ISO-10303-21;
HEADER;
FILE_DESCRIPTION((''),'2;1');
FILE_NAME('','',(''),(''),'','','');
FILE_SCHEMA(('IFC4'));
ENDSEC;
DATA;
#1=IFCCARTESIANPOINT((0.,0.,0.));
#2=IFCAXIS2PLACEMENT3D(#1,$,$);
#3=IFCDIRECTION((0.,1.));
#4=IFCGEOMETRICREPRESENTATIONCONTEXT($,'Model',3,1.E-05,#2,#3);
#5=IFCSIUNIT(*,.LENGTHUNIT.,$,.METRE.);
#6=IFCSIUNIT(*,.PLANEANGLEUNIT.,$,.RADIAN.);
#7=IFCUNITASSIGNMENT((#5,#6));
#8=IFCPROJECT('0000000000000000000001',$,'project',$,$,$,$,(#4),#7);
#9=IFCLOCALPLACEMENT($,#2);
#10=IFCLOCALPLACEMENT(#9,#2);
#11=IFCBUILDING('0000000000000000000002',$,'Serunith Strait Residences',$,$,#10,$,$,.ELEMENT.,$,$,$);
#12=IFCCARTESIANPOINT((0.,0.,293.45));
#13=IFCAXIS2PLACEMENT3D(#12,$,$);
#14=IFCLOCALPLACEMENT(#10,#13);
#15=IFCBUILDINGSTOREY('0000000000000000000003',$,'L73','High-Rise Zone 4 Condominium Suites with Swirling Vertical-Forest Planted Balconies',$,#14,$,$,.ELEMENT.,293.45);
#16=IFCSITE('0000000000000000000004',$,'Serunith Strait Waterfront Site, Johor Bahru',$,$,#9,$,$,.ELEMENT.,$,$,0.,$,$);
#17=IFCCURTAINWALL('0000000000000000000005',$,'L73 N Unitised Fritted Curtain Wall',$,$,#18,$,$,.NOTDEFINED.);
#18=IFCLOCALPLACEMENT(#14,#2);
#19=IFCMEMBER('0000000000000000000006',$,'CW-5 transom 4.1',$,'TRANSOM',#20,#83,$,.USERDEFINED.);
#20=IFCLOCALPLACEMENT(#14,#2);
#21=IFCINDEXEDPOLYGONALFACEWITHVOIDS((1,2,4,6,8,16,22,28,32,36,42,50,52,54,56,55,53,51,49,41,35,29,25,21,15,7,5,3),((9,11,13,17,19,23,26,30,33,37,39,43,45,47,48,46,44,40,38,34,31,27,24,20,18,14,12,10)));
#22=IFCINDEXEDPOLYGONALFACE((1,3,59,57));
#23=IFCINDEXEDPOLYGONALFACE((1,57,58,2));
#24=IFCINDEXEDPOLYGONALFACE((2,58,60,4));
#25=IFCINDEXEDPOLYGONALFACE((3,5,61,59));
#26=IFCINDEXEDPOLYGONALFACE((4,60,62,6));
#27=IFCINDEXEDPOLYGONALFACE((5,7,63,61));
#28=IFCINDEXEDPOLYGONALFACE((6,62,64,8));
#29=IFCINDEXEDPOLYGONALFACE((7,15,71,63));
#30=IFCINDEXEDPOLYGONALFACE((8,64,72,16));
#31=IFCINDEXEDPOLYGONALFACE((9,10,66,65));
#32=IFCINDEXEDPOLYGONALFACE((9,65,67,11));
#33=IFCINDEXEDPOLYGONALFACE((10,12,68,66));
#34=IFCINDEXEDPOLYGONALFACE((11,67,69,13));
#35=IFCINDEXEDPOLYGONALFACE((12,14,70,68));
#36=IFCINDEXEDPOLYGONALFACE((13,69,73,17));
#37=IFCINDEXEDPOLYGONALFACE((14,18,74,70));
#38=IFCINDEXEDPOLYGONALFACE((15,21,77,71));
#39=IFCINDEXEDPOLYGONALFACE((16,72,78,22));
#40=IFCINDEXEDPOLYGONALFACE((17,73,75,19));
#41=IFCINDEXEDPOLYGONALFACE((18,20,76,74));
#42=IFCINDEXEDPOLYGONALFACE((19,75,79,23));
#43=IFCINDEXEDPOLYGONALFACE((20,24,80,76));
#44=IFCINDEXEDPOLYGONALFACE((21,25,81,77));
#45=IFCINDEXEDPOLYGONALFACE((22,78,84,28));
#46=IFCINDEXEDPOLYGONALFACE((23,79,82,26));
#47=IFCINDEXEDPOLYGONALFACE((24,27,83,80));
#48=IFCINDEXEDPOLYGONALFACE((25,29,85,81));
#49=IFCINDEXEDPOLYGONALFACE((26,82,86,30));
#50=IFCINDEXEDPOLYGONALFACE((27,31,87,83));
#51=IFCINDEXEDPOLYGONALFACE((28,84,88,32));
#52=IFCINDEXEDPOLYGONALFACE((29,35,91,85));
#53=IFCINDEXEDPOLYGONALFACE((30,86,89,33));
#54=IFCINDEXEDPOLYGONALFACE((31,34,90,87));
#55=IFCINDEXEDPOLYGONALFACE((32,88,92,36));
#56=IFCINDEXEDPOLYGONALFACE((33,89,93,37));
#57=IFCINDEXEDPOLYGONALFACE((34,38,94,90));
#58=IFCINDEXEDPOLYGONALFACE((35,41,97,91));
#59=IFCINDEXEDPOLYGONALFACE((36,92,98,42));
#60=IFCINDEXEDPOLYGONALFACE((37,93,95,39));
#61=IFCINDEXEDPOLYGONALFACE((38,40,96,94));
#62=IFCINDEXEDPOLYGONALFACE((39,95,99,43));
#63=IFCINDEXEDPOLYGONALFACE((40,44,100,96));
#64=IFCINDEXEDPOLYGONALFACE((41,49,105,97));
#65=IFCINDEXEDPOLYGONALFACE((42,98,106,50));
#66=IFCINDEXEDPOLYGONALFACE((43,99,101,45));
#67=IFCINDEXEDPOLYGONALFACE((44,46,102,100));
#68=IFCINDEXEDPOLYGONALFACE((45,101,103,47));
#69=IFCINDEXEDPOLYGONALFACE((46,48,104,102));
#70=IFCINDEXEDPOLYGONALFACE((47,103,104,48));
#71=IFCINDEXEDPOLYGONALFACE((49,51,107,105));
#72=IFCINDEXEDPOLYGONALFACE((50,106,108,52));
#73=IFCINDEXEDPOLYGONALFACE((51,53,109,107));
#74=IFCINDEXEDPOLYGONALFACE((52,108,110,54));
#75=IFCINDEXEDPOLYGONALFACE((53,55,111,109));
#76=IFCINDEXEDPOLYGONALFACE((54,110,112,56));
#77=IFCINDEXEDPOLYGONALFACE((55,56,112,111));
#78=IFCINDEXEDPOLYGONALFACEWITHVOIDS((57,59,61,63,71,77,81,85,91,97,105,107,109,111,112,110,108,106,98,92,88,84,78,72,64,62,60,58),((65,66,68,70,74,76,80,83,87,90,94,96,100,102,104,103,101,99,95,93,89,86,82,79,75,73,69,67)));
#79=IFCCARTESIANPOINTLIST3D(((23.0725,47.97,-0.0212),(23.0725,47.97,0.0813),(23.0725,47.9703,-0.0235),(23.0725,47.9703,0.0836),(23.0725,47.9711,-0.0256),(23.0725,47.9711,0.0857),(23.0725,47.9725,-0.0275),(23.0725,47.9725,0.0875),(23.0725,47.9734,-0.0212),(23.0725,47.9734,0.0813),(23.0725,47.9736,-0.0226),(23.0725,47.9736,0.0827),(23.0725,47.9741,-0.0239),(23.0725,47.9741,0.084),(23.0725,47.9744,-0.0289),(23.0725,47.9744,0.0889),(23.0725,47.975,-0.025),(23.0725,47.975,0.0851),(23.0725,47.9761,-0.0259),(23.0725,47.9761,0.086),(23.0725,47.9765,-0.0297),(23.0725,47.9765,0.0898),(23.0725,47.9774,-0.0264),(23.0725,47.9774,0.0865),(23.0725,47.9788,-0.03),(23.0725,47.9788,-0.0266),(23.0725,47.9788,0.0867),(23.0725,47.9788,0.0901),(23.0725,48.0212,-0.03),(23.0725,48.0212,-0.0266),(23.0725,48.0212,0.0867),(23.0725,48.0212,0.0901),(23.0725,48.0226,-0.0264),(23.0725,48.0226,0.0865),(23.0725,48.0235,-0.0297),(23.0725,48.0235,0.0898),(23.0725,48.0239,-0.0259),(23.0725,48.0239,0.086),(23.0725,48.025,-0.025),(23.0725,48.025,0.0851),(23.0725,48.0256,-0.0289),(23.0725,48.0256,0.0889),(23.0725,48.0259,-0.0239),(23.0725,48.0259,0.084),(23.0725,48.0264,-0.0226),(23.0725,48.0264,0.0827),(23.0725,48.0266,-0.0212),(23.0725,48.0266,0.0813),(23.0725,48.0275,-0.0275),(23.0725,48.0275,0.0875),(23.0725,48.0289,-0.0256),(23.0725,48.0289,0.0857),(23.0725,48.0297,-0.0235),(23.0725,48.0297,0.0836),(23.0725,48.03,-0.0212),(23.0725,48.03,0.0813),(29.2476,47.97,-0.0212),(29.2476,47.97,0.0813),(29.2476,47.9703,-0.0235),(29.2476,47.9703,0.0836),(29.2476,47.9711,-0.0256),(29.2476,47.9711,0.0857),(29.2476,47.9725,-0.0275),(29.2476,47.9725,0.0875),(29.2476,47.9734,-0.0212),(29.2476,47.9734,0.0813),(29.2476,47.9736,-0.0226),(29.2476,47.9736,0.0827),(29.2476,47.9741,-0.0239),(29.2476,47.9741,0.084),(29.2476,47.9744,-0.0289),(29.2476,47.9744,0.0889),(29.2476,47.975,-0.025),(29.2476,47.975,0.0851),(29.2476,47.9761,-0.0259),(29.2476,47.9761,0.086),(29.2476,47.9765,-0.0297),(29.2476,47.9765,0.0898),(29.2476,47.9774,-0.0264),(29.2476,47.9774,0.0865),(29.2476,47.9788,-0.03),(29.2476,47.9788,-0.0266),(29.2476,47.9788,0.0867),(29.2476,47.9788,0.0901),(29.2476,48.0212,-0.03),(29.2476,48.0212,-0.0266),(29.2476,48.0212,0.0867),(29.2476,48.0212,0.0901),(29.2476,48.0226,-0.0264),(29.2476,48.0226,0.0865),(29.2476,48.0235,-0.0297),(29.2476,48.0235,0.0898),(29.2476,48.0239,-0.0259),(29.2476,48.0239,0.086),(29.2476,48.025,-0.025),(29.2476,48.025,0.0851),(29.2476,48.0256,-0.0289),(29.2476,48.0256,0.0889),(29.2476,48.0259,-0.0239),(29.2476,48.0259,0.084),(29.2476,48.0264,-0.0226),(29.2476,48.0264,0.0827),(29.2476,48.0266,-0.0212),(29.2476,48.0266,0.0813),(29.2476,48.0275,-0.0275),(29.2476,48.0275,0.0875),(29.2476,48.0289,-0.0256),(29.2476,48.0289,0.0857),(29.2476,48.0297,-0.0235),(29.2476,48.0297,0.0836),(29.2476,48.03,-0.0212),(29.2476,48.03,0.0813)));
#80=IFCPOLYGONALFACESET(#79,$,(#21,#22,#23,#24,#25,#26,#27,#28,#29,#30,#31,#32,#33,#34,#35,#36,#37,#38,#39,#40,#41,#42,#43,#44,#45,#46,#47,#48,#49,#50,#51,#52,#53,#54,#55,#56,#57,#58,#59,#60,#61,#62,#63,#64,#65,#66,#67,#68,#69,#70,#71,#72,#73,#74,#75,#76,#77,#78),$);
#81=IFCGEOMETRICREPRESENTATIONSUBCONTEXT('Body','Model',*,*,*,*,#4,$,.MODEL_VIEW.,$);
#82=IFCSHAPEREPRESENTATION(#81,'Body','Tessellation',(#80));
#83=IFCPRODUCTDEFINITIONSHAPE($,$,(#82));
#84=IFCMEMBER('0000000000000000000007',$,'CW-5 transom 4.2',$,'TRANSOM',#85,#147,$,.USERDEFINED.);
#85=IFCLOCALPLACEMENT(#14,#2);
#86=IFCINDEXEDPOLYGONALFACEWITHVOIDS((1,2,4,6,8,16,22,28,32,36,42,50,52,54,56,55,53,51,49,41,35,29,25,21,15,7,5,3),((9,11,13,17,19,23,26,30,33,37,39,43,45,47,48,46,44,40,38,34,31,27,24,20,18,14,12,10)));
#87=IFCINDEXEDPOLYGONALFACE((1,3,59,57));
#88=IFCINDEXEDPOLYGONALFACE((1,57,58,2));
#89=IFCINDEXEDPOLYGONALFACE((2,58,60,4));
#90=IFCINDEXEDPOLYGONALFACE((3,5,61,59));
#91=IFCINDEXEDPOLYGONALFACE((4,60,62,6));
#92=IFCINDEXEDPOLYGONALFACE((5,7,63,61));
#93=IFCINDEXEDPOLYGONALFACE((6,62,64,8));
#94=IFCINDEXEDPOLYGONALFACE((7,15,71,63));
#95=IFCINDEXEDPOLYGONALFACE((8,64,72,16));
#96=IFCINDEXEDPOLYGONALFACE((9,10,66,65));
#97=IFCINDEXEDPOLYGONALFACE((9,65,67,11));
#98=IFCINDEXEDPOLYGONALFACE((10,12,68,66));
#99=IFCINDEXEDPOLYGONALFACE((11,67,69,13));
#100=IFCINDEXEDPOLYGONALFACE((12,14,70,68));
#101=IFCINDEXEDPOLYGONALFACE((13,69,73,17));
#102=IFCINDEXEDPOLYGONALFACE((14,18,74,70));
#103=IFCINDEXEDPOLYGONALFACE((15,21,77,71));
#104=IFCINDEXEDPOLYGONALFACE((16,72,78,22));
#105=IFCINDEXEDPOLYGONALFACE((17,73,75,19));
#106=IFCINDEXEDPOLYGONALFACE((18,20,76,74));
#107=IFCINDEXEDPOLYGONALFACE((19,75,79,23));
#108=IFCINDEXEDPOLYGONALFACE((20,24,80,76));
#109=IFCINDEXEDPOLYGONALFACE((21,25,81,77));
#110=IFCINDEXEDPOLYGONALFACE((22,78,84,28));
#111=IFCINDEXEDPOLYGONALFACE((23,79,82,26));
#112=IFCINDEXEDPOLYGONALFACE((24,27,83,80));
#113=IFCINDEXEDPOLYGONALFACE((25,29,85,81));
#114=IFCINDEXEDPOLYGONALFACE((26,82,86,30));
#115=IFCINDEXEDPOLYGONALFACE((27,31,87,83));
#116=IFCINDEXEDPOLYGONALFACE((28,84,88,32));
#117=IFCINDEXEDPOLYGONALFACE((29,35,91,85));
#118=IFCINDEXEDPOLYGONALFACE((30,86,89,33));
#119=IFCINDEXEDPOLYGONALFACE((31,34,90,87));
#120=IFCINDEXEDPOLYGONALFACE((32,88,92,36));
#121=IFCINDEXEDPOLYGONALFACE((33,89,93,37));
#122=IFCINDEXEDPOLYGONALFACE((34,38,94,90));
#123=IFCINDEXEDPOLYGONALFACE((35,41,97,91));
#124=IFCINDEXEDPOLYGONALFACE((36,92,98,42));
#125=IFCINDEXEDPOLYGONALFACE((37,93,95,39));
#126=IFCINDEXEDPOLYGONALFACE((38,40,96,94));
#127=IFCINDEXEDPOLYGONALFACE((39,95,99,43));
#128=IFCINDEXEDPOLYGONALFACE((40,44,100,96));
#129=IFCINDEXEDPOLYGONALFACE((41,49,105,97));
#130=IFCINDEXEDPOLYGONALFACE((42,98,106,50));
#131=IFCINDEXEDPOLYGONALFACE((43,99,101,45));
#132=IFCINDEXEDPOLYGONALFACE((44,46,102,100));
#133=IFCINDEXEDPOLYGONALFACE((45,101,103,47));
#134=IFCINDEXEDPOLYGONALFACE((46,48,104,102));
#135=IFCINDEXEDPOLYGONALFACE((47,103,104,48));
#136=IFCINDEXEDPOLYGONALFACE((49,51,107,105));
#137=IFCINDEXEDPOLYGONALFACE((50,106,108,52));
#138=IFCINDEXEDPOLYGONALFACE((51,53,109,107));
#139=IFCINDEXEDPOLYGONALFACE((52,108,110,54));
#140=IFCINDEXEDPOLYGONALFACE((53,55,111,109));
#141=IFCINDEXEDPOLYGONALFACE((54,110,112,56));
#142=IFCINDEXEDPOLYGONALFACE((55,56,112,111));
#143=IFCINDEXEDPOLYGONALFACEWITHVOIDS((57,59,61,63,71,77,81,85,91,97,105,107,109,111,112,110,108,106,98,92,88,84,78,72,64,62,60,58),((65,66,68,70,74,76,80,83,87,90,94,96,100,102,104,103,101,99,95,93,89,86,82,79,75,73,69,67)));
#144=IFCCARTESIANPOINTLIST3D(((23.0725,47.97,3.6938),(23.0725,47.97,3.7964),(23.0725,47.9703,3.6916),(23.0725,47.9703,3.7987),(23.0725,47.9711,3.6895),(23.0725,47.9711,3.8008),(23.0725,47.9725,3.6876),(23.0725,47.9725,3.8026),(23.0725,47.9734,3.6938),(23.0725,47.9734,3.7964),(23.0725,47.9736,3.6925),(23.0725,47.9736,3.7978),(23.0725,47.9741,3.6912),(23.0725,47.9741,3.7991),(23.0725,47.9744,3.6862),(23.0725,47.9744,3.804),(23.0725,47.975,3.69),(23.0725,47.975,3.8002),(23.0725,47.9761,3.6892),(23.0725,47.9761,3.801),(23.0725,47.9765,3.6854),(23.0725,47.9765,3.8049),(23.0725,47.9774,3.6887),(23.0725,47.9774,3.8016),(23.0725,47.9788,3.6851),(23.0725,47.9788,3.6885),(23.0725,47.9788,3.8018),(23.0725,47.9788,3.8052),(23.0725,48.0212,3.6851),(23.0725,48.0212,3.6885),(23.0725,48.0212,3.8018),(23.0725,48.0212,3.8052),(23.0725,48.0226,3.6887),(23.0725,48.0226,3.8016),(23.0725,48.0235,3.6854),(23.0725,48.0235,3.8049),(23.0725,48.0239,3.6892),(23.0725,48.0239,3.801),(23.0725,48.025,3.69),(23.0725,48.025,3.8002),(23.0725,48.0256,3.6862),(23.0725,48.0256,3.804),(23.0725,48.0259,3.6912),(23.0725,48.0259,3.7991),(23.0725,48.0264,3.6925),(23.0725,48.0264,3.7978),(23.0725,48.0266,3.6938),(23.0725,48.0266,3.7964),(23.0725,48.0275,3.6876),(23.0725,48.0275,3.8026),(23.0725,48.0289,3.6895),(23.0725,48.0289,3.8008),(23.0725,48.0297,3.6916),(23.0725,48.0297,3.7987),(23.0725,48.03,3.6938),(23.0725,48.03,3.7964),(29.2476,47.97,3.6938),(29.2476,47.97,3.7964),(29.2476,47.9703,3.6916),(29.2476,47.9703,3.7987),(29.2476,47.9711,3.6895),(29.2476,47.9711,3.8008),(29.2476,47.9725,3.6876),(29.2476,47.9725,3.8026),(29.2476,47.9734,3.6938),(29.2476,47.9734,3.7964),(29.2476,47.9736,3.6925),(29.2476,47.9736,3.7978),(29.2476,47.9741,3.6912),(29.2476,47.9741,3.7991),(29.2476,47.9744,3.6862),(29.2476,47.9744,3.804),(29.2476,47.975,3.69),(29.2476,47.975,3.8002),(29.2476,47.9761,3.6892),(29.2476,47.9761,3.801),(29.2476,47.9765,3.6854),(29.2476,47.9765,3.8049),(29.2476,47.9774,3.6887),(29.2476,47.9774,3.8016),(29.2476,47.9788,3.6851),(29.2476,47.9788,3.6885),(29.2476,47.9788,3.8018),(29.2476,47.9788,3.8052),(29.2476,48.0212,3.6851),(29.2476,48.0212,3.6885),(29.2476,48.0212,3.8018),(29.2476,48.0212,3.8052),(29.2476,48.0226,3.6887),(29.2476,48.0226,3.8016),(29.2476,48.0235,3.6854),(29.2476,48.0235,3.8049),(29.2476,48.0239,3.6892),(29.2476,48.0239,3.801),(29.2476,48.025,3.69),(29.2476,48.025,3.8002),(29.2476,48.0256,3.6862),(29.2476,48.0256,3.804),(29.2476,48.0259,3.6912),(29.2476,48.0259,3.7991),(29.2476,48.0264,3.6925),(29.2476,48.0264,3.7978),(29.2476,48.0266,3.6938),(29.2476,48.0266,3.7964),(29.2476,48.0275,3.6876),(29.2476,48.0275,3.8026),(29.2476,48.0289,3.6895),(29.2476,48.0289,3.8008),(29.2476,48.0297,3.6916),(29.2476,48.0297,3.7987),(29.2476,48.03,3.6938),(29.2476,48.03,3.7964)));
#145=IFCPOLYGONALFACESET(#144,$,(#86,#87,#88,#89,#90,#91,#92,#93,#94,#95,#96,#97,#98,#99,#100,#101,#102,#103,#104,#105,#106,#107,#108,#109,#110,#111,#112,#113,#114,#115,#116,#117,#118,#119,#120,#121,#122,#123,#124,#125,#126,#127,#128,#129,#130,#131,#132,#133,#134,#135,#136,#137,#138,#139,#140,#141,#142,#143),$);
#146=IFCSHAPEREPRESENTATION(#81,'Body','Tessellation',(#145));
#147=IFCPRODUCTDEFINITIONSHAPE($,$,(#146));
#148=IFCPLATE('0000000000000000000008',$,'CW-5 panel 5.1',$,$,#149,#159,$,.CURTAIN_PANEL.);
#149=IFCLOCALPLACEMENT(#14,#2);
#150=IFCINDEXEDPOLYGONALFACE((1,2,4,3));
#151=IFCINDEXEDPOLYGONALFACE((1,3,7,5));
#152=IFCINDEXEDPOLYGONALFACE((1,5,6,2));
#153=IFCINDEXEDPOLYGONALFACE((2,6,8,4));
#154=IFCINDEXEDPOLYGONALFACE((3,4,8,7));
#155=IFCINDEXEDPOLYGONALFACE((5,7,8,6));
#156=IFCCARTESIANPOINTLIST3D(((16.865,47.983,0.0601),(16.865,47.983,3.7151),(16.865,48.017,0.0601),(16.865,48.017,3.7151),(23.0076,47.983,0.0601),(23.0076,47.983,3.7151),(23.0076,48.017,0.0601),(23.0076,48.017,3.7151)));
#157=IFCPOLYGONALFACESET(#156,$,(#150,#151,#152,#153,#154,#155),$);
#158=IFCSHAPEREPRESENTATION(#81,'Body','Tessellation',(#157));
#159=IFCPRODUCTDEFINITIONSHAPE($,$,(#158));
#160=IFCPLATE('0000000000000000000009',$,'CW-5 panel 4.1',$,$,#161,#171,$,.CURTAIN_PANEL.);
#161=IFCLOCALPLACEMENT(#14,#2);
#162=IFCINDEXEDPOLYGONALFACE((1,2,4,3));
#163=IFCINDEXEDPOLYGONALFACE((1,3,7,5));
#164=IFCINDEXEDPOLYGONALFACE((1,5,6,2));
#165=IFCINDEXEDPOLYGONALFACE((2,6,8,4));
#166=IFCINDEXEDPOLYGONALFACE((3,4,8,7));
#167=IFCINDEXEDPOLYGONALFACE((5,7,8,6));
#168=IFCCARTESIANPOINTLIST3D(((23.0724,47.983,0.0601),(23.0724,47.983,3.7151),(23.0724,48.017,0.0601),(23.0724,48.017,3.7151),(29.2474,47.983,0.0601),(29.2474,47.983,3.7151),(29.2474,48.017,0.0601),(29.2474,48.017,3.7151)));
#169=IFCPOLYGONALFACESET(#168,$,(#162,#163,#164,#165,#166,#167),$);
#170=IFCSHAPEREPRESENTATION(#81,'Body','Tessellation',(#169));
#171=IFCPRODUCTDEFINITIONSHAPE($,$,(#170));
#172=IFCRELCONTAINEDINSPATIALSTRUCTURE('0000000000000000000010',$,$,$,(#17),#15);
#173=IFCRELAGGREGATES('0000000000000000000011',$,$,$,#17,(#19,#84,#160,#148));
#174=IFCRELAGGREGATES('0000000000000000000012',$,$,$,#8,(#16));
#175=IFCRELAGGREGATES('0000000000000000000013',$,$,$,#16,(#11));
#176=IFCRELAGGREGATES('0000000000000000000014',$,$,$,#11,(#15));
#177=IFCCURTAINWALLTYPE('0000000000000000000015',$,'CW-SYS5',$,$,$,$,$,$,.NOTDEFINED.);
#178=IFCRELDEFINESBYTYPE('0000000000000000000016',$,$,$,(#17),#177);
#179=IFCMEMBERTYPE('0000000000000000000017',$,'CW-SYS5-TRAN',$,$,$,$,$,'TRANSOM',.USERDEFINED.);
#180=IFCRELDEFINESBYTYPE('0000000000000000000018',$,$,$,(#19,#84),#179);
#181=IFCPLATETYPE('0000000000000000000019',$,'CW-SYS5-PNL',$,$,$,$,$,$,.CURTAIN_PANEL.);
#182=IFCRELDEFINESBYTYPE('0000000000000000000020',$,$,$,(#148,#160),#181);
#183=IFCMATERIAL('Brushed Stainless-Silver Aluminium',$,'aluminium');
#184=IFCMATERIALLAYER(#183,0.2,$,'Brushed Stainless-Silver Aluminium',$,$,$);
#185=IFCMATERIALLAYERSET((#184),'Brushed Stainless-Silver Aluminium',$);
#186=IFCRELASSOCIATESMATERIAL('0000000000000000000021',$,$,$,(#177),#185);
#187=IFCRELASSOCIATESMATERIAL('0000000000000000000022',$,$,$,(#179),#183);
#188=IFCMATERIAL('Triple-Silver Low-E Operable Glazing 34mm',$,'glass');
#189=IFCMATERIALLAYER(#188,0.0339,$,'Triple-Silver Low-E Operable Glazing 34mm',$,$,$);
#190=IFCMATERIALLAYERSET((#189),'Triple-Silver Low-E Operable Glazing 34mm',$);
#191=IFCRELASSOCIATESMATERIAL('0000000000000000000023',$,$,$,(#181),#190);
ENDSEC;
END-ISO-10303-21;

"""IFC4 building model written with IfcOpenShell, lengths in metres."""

from ifc_helpers import new_model, si_unit, direction, frame, origin, origin_2d, place, context, subcontext, project, spatial, rectangle, hollow_rectangle, extrude, source, transform, mapped, material, layer, layer_set, material_profile, profile_set, type_object, element, aggregate, save


model = new_model("IFC4")

# Units and contexts
model_context = context("Model", 3, precision=1e-05, world=origin(), true_north=direction((0.0, 1.0)))
body_context = subcontext(model_context, "Body", "Model", "MODEL_VIEW")
ifc_project = project(units=[si_unit("LENGTHUNIT", "METRE"), si_unit("PLANEANGLEUNIT", "RADIAN")], contexts=[model_context])

# Site, building, storey
site_placement = place(None, origin())
site = spatial("IfcSite", under=ifc_project, at=site_placement, Name="Serunith Strait Waterfront Site, Johor Bahru", CompositionType="ELEMENT", RefElevation=0.0)
building_placement = place(site_placement, origin())
building = spatial("IfcBuilding", under=site, at=building_placement, Name="Serunith Strait Residences", CompositionType="ELEMENT")
storey_placement = place(building_placement, frame((0.0, 0.0, 293.45)))
storey = spatial("IfcBuildingStorey", under=building, at=storey_placement, Name="L73", Description="High-Rise Zone 4 Condominium Suites with Swirling Vertical-Forest Planted Balconies", CompositionType="ELEMENT", Elevation=293.45)

# Curtain wall, members, plates
ifc_material_1 = material(Name="Brushed Stainless-Silver Aluminium", Category="aluminium")
ifc_layer_1 = layer(ifc_material_1, 0.2, Name="Brushed Stainless-Silver Aluminium")
ifc_layer_set_1 = layer_set([ifc_layer_1], Name="Brushed Stainless-Silver Aluminium")
curtain_wall_type = type_object("IfcCurtainWallType", Name="CW-SYS5", PredefinedType="NOTDEFINED", material=ifc_layer_set_1)
curtain_wall_placement = place(storey_placement, origin())
curtain_wall = element("IfcCurtainWall", 1, at=curtain_wall_placement, inside=storey, type_object=curtain_wall_type, Name="L73 N Unitised Fritted Curtain Wall", PredefinedType="NOTDEFINED")
ifc_material_profile_1 = material_profile(ifc_material_1, hollow_rectangle(XDim=0.0601, YDim=0.1201, WallThickness=0.0034, InnerFilletRadius=0.0054, OuterFilletRadius=0.0088, at=origin_2d()), Name="ALU 120x60x3.5")
ifc_profile_set_1 = profile_set([ifc_material_profile_1], Name="Brushed Stainless-Silver Aluminium")
member_type_1 = type_object("IfcMemberType", Name="CW-SYS5-TRAN", ElementType="TRANSOM", PredefinedType="USERDEFINED", material=ifc_profile_set_1)
shared_shape_1 = source(origin(), body_context, "Body", "SweptSolid", [
    extrude(hollow_rectangle(XDim=0.0601, YDim=0.1201, WallThickness=0.0034, InnerFilletRadius=0.0054, OuterFilletRadius=0.0088, at=origin_2d()), origin(), (0.0, 0.0, 1.0), 6.175),
])
member_1_placement = place(storey_placement, frame((29.2476, 48.0, 0.03), z_axis=(-1.0, 0.0, 0.0), x_axis=(0.0, -1.0, 0.0)))
member_1 = element("IfcMember", 2, at=member_1_placement, type_object=member_type_1, Name="CW-5 transom 4.1", ObjectType="TRANSOM", PredefinedType="USERDEFINED", context=body_context, shape_type="MappedRepresentation", body=[
    mapped(shared_shape_1, transform((0.0, 0.0, 0.0), scale=1.0)),
])
member_2_placement = place(storey_placement, frame((29.2476, 48.0, 3.7451), z_axis=(-1.0, 0.0, 0.0), x_axis=(0.0, -1.0, 0.0)))
member_2 = element("IfcMember", 3, at=member_2_placement, type_object=member_type_1, Name="CW-5 transom 4.2", ObjectType="TRANSOM", PredefinedType="USERDEFINED", context=body_context, shape_type="MappedRepresentation", body=[
    mapped(shared_shape_1, transform((0.0, 0.0, 0.0), scale=1.0)),
])
ifc_material_2 = material(Name="Triple-Silver Low-E Operable Glazing 34mm", Category="glass")
ifc_layer_2 = layer(ifc_material_2, 0.0339, Name="Triple-Silver Low-E Operable Glazing 34mm")
ifc_layer_set_2 = layer_set([ifc_layer_2], Name="Triple-Silver Low-E Operable Glazing 34mm")
plate_type = type_object("IfcPlateType", Name="CW-SYS5-PNL", PredefinedType="CURTAIN_PANEL", material=ifc_layer_set_2)
shared_shape_2 = source(origin(), body_context, "Body", "SweptSolid", [
    extrude(rectangle(XDim=6.1426, YDim=0.0339, at=origin_2d()), origin(), (0.0, 0.0, 1.0), 3.655),
])
plate_1_placement = place(storey_placement, frame((19.9363, 48.0, 0.0601), z_axis=(0.0, 0.0, 1.0), x_axis=(-1.0, 0.0, 0.0)))
plate_1 = element("IfcPlate", 4, at=plate_1_placement, type_object=plate_type, Name="CW-5 panel 5.1", PredefinedType="CURTAIN_PANEL", context=body_context, shape_type="MappedRepresentation", body=[
    mapped(shared_shape_2, transform((0.0, 0.0, 0.0), scale=1.0)),
])
shared_shape_3 = source(origin(), body_context, "Body", "SweptSolid", [
    extrude(rectangle(XDim=6.175, YDim=0.0339, at=origin_2d()), origin(), (0.0, 0.0, 1.0), 3.655),
])
plate_2_placement = place(storey_placement, frame((26.1599, 48.0, 0.0601), z_axis=(0.0, 0.0, 1.0), x_axis=(-1.0, 0.0, 0.0)))
plate_2 = element("IfcPlate", 5, at=plate_2_placement, type_object=plate_type, Name="CW-5 panel 4.1", PredefinedType="CURTAIN_PANEL", context=body_context, shape_type="MappedRepresentation", body=[
    mapped(shared_shape_3, transform((0.0, 0.0, 0.0), scale=1.0)),
])
aggregate(curtain_wall, [member_1, member_2, plate_2, plate_1])

save(model, "model.ifc")
